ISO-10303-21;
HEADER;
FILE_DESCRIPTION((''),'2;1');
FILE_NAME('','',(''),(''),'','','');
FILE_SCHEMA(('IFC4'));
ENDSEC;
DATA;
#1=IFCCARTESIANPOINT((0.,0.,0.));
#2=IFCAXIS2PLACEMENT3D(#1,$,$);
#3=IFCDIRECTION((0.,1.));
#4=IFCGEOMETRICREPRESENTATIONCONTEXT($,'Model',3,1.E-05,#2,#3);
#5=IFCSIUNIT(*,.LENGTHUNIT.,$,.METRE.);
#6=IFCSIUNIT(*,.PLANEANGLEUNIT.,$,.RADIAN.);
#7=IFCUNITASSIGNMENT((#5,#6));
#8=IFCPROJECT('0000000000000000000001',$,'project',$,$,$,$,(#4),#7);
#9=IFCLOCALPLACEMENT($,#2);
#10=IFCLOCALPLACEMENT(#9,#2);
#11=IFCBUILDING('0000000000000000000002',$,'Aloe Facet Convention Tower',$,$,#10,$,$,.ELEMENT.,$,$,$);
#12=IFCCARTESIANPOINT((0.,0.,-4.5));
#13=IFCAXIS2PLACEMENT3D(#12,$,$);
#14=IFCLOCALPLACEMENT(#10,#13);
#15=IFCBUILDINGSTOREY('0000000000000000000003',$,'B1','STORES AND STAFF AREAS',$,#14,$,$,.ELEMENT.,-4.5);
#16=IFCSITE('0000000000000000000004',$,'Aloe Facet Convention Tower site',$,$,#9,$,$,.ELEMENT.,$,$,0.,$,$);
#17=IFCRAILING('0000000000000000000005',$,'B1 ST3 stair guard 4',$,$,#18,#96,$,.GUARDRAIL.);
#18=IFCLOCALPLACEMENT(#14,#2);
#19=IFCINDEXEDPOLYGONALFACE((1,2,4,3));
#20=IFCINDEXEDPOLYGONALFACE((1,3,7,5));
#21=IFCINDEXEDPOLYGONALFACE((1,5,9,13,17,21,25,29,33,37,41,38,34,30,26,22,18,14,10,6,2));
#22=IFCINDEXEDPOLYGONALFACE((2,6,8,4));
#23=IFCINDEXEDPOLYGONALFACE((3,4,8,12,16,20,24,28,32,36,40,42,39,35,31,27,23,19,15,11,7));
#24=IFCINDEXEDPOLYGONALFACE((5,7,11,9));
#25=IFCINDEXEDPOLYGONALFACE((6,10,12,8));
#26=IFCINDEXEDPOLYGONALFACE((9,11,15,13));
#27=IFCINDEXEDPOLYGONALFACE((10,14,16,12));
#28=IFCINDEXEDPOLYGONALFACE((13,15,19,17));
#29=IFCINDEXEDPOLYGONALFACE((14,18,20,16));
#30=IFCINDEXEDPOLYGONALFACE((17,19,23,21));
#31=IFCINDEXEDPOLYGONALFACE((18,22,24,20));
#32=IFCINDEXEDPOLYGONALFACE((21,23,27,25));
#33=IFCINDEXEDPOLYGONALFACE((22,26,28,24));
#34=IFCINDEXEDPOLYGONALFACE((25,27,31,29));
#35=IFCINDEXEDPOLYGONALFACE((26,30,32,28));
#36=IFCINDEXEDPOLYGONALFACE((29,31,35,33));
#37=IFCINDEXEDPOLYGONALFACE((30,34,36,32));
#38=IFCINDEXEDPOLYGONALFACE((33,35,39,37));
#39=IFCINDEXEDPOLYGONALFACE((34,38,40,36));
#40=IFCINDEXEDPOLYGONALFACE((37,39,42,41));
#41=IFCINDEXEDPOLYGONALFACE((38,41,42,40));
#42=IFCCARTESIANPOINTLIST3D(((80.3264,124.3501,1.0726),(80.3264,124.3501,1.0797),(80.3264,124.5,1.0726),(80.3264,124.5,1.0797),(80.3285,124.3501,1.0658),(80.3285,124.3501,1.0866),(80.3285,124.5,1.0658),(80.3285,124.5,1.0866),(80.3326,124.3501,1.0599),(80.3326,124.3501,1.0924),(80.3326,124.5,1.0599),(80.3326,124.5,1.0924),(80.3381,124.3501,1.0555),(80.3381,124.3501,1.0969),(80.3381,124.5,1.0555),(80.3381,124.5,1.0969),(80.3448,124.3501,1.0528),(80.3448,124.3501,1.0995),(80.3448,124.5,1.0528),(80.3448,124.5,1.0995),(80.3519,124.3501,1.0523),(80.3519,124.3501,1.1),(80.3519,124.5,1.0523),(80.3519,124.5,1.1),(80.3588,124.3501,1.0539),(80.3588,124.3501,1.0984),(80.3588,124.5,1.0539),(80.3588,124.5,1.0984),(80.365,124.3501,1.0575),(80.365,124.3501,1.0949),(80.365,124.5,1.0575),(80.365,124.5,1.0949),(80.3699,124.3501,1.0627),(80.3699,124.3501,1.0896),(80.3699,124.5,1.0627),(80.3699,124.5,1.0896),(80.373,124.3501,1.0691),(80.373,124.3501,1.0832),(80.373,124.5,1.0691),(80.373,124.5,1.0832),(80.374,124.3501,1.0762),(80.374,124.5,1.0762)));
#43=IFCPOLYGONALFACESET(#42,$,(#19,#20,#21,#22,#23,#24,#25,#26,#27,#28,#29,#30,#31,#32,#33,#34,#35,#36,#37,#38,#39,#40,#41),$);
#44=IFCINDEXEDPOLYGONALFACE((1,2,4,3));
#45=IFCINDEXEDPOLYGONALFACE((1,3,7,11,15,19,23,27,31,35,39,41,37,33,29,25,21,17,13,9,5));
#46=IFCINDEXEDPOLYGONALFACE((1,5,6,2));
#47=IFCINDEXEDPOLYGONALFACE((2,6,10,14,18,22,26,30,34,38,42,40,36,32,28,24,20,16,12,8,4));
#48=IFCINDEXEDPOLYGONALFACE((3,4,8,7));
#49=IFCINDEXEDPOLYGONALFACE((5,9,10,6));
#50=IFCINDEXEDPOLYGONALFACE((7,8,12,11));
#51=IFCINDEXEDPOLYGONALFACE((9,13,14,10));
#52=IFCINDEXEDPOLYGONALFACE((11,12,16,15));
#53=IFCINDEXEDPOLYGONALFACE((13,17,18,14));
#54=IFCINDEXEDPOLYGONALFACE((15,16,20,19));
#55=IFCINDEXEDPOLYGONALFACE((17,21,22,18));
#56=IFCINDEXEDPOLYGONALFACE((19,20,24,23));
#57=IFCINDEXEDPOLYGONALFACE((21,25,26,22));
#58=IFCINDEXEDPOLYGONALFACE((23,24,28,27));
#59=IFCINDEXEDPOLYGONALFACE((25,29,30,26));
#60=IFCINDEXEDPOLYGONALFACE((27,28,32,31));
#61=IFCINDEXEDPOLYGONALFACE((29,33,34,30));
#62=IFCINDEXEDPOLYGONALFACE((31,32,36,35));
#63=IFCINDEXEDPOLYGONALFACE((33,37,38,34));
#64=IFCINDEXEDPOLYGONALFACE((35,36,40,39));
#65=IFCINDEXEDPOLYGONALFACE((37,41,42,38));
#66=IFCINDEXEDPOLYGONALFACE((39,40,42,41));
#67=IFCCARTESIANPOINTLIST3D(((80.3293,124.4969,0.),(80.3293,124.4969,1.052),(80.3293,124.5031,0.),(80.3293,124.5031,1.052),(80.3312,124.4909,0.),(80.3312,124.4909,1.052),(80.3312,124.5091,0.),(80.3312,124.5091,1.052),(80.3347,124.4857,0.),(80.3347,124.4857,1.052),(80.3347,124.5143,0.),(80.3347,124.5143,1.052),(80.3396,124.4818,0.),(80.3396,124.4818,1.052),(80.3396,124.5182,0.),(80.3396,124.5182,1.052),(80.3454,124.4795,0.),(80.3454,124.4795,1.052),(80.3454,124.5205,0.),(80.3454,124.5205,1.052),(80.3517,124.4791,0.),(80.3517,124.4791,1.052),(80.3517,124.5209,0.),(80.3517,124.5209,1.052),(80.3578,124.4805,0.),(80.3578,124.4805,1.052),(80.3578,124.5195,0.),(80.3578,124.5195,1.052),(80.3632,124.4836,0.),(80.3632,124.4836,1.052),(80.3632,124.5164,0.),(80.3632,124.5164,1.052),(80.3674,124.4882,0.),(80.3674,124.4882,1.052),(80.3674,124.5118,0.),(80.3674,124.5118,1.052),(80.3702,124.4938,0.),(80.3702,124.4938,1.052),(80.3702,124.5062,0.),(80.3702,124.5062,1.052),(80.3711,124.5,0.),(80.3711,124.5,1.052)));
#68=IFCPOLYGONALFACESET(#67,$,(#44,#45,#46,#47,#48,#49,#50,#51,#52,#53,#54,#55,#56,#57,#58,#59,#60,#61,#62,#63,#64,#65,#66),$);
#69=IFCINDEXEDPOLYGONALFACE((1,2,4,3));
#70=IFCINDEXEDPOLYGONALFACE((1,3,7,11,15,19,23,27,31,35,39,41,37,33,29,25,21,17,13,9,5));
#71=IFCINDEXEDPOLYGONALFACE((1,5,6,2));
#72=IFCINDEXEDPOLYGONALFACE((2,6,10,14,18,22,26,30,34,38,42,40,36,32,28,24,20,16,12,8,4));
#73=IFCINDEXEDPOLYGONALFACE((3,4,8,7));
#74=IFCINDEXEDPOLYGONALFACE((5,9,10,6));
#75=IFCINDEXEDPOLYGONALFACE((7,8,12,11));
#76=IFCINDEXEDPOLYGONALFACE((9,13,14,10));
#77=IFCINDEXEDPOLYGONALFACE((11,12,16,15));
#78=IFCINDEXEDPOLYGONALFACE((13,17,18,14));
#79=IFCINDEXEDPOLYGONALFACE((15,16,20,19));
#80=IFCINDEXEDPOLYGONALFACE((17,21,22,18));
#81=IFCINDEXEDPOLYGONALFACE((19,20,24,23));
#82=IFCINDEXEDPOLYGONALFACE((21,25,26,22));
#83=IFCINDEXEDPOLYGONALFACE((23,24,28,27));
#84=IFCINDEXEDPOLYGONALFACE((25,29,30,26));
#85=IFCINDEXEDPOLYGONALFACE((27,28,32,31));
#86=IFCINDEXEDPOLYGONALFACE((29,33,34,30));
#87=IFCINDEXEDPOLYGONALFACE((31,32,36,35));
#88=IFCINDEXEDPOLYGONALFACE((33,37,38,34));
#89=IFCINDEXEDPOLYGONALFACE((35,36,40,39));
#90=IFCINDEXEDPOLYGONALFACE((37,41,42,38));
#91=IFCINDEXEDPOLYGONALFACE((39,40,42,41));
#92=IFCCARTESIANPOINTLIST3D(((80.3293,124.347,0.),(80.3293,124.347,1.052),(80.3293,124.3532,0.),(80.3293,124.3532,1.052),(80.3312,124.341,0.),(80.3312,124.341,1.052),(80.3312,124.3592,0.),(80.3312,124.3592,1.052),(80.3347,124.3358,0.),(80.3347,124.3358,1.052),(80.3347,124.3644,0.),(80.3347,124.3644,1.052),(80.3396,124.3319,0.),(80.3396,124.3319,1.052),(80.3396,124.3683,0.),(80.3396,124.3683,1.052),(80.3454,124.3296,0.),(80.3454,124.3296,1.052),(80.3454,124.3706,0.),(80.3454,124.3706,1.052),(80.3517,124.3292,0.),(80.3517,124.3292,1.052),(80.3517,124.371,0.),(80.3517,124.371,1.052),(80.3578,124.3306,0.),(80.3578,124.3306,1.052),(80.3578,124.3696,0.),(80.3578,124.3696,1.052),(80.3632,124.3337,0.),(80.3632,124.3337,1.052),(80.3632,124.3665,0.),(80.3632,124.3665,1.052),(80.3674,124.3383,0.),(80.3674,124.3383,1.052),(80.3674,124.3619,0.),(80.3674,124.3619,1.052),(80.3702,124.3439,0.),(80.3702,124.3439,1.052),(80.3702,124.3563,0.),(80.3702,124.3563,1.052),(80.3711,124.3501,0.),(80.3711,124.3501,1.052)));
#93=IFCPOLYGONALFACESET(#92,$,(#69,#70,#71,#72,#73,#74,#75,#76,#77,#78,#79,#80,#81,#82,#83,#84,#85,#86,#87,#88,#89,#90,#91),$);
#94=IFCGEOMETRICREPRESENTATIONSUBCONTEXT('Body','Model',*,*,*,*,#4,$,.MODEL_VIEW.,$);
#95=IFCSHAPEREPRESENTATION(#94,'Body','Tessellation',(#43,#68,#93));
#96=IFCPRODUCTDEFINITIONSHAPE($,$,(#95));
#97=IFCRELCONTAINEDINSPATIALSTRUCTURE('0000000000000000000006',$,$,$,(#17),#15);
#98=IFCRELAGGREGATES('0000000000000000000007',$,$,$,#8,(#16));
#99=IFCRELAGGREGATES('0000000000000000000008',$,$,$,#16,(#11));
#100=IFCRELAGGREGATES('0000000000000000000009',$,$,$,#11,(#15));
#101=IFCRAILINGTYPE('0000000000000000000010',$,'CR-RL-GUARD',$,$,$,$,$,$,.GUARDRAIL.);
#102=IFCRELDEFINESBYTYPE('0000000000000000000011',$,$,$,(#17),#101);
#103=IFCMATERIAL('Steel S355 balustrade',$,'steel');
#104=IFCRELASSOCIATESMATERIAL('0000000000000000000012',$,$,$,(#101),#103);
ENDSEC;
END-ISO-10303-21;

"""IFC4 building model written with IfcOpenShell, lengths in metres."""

from ifc_helpers import new_model, si_unit, direction, frame, origin, origin_2d, place, context, subcontext, project, spatial, circle, extrude, material, type_object, element, save


model = new_model("IFC4")

# Units and contexts
model_context = context("Model", 3, precision=1e-05, world=origin(), true_north=direction((0.0, 1.0)))
body_context = subcontext(model_context, "Body", "Model", "MODEL_VIEW")
ifc_project = project(units=[si_unit("LENGTHUNIT", "METRE"), si_unit("PLANEANGLEUNIT", "RADIAN")], contexts=[model_context])

# Site, building, storey
site_placement = place(None, origin())
site = spatial("IfcSite", under=ifc_project, at=site_placement, Name="Aloe Facet Convention Tower site", CompositionType="ELEMENT", RefElevation=0.0)
building_placement = place(site_placement, origin())
building = spatial("IfcBuilding", under=site, at=building_placement, Name="Aloe Facet Convention Tower", CompositionType="ELEMENT")
storey_placement = place(building_placement, frame((0.0, 0.0, -4.5)))
storey = spatial("IfcBuildingStorey", under=building, at=storey_placement, Name="B1", Description="STORES AND STAFF AREAS", CompositionType="ELEMENT", Elevation=-4.5)

# Railing
ifc_material_1 = material(Name="Steel S355 balustrade", Category="steel")
railing_type_1 = type_object("IfcRailingType", Name="CR-RL-GUARD", PredefinedType="GUARDRAIL", material=ifc_material_1)
railing_1_placement = place(storey_placement, frame((80.3501, 124.5, 0.0)))
element("IfcRailing", 1, at=railing_1_placement, inside=storey, type_object=railing_type_1, Name="B1 ST3 stair guard 4", PredefinedType="GUARDRAIL", context=body_context, shape_type="SweptSolid", body=[
    extrude(circle(Radius=0.0239, at=origin_2d()), frame((0.0, 0.0, 1.0762), z_axis=(0.0, -1.0, 0.0), x_axis=(1.0, 0.0, 0.0)), (0.0, 0.0, 1.0), 0.1499),
    extrude(circle(Radius=0.021, at=origin_2d()), origin(), (0.0, 0.0, 1.0), 1.052),
    extrude(circle(Radius=0.021, at=origin_2d()), frame((0.0, -0.1499, 0.0)), (0.0, 0.0, 1.0), 1.052),
])

save(model, "model.ifc")
